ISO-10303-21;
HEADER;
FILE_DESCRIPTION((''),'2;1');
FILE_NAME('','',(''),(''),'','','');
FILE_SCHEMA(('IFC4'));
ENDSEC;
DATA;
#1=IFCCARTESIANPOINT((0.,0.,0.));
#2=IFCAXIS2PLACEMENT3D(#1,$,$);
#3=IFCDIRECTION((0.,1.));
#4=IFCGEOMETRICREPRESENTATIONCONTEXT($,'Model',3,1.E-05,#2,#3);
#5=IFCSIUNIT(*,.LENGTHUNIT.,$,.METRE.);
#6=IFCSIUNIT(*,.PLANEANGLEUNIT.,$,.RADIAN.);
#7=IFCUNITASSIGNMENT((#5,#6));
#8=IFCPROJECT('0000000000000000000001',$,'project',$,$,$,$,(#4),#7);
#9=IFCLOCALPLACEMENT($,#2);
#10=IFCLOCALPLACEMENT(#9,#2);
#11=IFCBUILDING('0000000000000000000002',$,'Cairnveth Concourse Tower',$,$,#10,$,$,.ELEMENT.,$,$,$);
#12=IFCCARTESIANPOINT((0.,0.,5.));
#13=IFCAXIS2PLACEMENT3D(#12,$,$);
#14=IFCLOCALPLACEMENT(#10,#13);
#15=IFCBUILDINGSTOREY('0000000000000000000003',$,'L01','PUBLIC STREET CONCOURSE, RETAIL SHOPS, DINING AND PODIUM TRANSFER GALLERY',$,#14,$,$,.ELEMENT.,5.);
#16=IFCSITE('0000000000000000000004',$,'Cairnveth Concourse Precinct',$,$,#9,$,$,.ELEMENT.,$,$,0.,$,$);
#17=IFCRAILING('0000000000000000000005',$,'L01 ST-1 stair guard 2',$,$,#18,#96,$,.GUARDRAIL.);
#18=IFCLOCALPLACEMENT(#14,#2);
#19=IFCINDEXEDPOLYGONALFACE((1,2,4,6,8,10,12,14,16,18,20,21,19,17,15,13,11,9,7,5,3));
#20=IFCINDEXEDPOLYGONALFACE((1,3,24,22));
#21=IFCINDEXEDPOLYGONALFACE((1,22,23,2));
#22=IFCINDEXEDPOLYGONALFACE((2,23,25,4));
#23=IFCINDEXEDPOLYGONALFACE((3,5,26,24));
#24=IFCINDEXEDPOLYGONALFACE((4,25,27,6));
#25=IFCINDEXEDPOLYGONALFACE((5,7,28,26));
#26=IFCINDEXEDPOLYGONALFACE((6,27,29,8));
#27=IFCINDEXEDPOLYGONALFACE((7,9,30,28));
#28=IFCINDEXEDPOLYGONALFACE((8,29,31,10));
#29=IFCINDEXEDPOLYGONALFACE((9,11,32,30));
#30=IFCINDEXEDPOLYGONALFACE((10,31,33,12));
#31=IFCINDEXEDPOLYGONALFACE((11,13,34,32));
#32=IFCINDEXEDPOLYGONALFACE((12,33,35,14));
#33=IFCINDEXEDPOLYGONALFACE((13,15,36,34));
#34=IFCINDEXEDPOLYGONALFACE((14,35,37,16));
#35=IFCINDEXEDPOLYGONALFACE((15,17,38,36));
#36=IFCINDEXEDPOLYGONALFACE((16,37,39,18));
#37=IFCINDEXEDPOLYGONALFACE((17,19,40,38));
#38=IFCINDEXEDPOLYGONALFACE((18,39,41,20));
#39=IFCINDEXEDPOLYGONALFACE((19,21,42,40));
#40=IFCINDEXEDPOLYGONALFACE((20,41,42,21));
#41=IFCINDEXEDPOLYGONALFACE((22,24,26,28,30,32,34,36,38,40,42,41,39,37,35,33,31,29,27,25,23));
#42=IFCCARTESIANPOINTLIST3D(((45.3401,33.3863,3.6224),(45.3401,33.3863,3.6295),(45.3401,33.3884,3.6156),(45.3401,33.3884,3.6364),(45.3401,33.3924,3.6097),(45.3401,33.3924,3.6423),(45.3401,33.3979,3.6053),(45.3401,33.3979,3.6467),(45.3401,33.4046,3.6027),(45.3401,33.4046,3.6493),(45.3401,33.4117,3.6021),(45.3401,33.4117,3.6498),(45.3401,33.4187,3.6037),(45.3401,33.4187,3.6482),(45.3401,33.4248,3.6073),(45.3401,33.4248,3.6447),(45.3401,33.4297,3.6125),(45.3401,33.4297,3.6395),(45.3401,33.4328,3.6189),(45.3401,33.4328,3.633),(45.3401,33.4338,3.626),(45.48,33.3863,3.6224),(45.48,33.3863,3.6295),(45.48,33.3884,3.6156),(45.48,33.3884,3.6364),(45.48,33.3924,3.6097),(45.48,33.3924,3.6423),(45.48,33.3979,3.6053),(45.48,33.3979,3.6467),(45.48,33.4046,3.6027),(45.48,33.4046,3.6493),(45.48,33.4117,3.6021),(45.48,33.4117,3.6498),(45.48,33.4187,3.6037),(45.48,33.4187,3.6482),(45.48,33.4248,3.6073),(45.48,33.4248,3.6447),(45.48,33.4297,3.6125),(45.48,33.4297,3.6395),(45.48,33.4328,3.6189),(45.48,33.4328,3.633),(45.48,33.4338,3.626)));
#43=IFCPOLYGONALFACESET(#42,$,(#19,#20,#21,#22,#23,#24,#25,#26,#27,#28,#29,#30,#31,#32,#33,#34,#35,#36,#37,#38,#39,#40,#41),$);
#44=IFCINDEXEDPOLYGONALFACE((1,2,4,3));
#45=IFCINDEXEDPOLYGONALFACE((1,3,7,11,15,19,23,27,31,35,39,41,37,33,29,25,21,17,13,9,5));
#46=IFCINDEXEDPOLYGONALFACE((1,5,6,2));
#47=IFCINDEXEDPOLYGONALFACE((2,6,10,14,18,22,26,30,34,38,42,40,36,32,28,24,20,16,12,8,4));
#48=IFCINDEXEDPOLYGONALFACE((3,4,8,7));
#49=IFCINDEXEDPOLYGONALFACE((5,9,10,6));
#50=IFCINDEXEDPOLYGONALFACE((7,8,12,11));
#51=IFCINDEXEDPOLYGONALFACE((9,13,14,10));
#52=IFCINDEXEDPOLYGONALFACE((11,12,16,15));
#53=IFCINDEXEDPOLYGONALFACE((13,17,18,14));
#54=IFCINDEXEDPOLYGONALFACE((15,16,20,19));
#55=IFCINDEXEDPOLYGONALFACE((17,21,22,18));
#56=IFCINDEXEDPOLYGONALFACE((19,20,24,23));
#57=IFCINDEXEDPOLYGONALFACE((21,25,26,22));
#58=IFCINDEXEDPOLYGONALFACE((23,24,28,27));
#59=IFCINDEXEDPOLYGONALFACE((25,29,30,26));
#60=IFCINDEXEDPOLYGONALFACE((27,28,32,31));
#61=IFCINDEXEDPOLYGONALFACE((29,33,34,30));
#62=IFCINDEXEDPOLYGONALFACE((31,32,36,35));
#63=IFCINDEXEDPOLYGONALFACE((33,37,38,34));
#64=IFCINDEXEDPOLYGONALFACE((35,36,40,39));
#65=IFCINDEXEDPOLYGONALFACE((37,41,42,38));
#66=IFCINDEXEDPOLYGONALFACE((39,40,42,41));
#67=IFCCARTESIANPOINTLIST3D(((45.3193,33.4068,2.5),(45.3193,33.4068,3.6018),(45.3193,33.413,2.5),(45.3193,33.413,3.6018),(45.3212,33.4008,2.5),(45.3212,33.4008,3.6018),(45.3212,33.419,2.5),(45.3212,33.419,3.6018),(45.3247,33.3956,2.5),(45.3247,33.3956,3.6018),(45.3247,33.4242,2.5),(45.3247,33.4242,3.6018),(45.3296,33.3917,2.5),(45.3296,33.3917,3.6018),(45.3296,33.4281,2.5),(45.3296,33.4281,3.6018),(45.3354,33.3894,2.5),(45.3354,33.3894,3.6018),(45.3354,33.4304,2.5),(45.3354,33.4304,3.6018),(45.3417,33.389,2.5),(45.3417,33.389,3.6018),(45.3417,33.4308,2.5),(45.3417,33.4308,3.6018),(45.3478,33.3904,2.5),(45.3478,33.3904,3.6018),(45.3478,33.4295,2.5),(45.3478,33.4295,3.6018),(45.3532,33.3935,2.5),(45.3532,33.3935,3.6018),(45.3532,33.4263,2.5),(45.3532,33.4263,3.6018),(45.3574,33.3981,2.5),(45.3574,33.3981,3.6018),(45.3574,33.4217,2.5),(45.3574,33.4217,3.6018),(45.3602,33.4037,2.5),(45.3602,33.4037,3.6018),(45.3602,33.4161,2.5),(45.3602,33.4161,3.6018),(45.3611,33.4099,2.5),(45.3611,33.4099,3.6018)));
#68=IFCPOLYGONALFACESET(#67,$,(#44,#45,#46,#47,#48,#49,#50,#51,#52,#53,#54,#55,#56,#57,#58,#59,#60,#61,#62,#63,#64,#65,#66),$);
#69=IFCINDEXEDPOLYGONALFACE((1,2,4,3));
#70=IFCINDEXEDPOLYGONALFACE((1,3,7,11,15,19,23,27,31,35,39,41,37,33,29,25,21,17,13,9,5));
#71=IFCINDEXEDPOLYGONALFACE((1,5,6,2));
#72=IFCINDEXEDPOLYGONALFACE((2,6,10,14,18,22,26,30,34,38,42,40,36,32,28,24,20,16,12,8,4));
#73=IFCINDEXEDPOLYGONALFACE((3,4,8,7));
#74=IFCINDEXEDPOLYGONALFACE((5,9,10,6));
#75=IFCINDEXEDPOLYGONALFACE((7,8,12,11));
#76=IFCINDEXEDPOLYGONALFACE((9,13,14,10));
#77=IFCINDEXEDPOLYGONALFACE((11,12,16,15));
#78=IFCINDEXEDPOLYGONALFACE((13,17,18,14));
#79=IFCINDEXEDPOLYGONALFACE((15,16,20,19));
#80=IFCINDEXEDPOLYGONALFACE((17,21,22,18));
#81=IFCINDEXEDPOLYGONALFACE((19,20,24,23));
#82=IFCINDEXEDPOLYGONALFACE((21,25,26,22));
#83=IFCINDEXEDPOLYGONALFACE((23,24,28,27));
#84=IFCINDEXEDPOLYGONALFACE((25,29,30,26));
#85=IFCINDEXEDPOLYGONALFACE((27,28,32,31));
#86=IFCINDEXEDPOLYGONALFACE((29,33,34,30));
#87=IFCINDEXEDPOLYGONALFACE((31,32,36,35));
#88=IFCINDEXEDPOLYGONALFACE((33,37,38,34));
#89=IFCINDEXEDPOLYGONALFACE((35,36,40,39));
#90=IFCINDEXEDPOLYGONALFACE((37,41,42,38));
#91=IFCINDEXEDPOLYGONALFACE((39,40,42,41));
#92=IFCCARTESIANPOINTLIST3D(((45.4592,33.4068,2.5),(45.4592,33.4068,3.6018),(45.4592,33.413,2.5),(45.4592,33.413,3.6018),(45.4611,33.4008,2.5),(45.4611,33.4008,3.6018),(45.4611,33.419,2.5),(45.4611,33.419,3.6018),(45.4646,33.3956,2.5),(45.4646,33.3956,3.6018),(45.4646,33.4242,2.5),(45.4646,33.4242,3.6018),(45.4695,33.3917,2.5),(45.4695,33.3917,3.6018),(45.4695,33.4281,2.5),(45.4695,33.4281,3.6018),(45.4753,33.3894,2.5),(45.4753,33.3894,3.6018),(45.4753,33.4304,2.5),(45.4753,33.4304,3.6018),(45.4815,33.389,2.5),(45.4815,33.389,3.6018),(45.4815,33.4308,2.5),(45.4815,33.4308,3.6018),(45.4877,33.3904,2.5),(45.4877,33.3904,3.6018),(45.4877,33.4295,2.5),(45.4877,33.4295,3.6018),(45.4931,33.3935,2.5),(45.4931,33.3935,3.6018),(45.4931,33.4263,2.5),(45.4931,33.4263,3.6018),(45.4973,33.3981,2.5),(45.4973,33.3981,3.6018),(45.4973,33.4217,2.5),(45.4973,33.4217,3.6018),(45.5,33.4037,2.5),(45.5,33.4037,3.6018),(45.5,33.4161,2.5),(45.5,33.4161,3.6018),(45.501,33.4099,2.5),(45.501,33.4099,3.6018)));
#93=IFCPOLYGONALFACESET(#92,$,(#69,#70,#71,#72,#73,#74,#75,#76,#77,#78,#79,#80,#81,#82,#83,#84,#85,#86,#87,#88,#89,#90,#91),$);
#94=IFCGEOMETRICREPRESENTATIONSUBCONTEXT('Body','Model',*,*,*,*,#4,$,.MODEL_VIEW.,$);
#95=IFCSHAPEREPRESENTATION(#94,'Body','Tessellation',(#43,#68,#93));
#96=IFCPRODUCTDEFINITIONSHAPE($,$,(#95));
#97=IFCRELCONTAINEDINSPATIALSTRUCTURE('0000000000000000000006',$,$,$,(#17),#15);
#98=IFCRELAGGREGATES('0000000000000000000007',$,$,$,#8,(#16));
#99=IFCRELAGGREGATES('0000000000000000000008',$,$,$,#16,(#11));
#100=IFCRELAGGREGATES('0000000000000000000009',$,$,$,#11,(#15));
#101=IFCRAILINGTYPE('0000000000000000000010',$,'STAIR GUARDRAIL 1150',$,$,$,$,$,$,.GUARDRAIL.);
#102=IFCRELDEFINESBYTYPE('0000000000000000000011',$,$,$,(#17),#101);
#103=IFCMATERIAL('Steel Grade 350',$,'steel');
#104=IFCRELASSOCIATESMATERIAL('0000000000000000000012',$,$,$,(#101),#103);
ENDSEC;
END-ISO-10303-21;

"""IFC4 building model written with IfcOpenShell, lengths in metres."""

from ifc_helpers import new_model, si_unit, direction, frame, origin, origin_2d, place, context, subcontext, project, spatial, circle, extrude, material, type_object, element, save


model = new_model("IFC4")

# Units and contexts
model_context = context("Model", 3, precision=1e-05, world=origin(), true_north=direction((0.0, 1.0)))
body_context = subcontext(model_context, "Body", "Model", "MODEL_VIEW")
ifc_project = project(units=[si_unit("LENGTHUNIT", "METRE"), si_unit("PLANEANGLEUNIT", "RADIAN")], contexts=[model_context])

# Site, building, storey
site_placement = place(None, origin())
site = spatial("IfcSite", under=ifc_project, at=site_placement, Name="Cairnveth Concourse Precinct", CompositionType="ELEMENT", RefElevation=0.0)
building_placement = place(site_placement, origin())
building = spatial("IfcBuilding", under=site, at=building_placement, Name="Cairnveth Concourse Tower", CompositionType="ELEMENT")
storey_placement = place(building_placement, frame((0.0, 0.0, 5.0)))
storey = spatial("IfcBuildingStorey", under=building, at=storey_placement, Name="L01", Description="PUBLIC STREET CONCOURSE, RETAIL SHOPS, DINING AND PODIUM TRANSFER GALLERY", CompositionType="ELEMENT", Elevation=5.0)

# Shared definitions
ifc_material_1 = material(Name="Steel Grade 350", Category="steel")

# Railing
railing_type_1 = type_object("IfcRailingType", Name="STAIR GUARDRAIL 1150", PredefinedType="GUARDRAIL", material=ifc_material_1)
railing_1_placement = place(storey_placement, frame((45.3401, 33.4099, 2.5)))
element("IfcRailing", 1, at=railing_1_placement, inside=storey, type_object=railing_type_1, Name="L01 ST-1 stair guard 2", PredefinedType="GUARDRAIL", context=body_context, shape_type="SweptSolid", body=[
    extrude(circle(Radius=0.0239, at=origin_2d()), frame((0.0, 0.0, 1.126), z_axis=(1.0, 0.0, 0.0), x_axis=(0.0, 1.0, 0.0)), (0.0, 0.0, 1.0), 0.1399),
    extrude(circle(Radius=0.021, at=origin_2d()), origin(), (0.0, 0.0, 1.0), 1.1018),
    extrude(circle(Radius=0.021, at=origin_2d()), frame((0.1399, 0.0, 0.0)), (0.0, 0.0, 1.0), 1.1018),
])

save(model, "model.ifc")
